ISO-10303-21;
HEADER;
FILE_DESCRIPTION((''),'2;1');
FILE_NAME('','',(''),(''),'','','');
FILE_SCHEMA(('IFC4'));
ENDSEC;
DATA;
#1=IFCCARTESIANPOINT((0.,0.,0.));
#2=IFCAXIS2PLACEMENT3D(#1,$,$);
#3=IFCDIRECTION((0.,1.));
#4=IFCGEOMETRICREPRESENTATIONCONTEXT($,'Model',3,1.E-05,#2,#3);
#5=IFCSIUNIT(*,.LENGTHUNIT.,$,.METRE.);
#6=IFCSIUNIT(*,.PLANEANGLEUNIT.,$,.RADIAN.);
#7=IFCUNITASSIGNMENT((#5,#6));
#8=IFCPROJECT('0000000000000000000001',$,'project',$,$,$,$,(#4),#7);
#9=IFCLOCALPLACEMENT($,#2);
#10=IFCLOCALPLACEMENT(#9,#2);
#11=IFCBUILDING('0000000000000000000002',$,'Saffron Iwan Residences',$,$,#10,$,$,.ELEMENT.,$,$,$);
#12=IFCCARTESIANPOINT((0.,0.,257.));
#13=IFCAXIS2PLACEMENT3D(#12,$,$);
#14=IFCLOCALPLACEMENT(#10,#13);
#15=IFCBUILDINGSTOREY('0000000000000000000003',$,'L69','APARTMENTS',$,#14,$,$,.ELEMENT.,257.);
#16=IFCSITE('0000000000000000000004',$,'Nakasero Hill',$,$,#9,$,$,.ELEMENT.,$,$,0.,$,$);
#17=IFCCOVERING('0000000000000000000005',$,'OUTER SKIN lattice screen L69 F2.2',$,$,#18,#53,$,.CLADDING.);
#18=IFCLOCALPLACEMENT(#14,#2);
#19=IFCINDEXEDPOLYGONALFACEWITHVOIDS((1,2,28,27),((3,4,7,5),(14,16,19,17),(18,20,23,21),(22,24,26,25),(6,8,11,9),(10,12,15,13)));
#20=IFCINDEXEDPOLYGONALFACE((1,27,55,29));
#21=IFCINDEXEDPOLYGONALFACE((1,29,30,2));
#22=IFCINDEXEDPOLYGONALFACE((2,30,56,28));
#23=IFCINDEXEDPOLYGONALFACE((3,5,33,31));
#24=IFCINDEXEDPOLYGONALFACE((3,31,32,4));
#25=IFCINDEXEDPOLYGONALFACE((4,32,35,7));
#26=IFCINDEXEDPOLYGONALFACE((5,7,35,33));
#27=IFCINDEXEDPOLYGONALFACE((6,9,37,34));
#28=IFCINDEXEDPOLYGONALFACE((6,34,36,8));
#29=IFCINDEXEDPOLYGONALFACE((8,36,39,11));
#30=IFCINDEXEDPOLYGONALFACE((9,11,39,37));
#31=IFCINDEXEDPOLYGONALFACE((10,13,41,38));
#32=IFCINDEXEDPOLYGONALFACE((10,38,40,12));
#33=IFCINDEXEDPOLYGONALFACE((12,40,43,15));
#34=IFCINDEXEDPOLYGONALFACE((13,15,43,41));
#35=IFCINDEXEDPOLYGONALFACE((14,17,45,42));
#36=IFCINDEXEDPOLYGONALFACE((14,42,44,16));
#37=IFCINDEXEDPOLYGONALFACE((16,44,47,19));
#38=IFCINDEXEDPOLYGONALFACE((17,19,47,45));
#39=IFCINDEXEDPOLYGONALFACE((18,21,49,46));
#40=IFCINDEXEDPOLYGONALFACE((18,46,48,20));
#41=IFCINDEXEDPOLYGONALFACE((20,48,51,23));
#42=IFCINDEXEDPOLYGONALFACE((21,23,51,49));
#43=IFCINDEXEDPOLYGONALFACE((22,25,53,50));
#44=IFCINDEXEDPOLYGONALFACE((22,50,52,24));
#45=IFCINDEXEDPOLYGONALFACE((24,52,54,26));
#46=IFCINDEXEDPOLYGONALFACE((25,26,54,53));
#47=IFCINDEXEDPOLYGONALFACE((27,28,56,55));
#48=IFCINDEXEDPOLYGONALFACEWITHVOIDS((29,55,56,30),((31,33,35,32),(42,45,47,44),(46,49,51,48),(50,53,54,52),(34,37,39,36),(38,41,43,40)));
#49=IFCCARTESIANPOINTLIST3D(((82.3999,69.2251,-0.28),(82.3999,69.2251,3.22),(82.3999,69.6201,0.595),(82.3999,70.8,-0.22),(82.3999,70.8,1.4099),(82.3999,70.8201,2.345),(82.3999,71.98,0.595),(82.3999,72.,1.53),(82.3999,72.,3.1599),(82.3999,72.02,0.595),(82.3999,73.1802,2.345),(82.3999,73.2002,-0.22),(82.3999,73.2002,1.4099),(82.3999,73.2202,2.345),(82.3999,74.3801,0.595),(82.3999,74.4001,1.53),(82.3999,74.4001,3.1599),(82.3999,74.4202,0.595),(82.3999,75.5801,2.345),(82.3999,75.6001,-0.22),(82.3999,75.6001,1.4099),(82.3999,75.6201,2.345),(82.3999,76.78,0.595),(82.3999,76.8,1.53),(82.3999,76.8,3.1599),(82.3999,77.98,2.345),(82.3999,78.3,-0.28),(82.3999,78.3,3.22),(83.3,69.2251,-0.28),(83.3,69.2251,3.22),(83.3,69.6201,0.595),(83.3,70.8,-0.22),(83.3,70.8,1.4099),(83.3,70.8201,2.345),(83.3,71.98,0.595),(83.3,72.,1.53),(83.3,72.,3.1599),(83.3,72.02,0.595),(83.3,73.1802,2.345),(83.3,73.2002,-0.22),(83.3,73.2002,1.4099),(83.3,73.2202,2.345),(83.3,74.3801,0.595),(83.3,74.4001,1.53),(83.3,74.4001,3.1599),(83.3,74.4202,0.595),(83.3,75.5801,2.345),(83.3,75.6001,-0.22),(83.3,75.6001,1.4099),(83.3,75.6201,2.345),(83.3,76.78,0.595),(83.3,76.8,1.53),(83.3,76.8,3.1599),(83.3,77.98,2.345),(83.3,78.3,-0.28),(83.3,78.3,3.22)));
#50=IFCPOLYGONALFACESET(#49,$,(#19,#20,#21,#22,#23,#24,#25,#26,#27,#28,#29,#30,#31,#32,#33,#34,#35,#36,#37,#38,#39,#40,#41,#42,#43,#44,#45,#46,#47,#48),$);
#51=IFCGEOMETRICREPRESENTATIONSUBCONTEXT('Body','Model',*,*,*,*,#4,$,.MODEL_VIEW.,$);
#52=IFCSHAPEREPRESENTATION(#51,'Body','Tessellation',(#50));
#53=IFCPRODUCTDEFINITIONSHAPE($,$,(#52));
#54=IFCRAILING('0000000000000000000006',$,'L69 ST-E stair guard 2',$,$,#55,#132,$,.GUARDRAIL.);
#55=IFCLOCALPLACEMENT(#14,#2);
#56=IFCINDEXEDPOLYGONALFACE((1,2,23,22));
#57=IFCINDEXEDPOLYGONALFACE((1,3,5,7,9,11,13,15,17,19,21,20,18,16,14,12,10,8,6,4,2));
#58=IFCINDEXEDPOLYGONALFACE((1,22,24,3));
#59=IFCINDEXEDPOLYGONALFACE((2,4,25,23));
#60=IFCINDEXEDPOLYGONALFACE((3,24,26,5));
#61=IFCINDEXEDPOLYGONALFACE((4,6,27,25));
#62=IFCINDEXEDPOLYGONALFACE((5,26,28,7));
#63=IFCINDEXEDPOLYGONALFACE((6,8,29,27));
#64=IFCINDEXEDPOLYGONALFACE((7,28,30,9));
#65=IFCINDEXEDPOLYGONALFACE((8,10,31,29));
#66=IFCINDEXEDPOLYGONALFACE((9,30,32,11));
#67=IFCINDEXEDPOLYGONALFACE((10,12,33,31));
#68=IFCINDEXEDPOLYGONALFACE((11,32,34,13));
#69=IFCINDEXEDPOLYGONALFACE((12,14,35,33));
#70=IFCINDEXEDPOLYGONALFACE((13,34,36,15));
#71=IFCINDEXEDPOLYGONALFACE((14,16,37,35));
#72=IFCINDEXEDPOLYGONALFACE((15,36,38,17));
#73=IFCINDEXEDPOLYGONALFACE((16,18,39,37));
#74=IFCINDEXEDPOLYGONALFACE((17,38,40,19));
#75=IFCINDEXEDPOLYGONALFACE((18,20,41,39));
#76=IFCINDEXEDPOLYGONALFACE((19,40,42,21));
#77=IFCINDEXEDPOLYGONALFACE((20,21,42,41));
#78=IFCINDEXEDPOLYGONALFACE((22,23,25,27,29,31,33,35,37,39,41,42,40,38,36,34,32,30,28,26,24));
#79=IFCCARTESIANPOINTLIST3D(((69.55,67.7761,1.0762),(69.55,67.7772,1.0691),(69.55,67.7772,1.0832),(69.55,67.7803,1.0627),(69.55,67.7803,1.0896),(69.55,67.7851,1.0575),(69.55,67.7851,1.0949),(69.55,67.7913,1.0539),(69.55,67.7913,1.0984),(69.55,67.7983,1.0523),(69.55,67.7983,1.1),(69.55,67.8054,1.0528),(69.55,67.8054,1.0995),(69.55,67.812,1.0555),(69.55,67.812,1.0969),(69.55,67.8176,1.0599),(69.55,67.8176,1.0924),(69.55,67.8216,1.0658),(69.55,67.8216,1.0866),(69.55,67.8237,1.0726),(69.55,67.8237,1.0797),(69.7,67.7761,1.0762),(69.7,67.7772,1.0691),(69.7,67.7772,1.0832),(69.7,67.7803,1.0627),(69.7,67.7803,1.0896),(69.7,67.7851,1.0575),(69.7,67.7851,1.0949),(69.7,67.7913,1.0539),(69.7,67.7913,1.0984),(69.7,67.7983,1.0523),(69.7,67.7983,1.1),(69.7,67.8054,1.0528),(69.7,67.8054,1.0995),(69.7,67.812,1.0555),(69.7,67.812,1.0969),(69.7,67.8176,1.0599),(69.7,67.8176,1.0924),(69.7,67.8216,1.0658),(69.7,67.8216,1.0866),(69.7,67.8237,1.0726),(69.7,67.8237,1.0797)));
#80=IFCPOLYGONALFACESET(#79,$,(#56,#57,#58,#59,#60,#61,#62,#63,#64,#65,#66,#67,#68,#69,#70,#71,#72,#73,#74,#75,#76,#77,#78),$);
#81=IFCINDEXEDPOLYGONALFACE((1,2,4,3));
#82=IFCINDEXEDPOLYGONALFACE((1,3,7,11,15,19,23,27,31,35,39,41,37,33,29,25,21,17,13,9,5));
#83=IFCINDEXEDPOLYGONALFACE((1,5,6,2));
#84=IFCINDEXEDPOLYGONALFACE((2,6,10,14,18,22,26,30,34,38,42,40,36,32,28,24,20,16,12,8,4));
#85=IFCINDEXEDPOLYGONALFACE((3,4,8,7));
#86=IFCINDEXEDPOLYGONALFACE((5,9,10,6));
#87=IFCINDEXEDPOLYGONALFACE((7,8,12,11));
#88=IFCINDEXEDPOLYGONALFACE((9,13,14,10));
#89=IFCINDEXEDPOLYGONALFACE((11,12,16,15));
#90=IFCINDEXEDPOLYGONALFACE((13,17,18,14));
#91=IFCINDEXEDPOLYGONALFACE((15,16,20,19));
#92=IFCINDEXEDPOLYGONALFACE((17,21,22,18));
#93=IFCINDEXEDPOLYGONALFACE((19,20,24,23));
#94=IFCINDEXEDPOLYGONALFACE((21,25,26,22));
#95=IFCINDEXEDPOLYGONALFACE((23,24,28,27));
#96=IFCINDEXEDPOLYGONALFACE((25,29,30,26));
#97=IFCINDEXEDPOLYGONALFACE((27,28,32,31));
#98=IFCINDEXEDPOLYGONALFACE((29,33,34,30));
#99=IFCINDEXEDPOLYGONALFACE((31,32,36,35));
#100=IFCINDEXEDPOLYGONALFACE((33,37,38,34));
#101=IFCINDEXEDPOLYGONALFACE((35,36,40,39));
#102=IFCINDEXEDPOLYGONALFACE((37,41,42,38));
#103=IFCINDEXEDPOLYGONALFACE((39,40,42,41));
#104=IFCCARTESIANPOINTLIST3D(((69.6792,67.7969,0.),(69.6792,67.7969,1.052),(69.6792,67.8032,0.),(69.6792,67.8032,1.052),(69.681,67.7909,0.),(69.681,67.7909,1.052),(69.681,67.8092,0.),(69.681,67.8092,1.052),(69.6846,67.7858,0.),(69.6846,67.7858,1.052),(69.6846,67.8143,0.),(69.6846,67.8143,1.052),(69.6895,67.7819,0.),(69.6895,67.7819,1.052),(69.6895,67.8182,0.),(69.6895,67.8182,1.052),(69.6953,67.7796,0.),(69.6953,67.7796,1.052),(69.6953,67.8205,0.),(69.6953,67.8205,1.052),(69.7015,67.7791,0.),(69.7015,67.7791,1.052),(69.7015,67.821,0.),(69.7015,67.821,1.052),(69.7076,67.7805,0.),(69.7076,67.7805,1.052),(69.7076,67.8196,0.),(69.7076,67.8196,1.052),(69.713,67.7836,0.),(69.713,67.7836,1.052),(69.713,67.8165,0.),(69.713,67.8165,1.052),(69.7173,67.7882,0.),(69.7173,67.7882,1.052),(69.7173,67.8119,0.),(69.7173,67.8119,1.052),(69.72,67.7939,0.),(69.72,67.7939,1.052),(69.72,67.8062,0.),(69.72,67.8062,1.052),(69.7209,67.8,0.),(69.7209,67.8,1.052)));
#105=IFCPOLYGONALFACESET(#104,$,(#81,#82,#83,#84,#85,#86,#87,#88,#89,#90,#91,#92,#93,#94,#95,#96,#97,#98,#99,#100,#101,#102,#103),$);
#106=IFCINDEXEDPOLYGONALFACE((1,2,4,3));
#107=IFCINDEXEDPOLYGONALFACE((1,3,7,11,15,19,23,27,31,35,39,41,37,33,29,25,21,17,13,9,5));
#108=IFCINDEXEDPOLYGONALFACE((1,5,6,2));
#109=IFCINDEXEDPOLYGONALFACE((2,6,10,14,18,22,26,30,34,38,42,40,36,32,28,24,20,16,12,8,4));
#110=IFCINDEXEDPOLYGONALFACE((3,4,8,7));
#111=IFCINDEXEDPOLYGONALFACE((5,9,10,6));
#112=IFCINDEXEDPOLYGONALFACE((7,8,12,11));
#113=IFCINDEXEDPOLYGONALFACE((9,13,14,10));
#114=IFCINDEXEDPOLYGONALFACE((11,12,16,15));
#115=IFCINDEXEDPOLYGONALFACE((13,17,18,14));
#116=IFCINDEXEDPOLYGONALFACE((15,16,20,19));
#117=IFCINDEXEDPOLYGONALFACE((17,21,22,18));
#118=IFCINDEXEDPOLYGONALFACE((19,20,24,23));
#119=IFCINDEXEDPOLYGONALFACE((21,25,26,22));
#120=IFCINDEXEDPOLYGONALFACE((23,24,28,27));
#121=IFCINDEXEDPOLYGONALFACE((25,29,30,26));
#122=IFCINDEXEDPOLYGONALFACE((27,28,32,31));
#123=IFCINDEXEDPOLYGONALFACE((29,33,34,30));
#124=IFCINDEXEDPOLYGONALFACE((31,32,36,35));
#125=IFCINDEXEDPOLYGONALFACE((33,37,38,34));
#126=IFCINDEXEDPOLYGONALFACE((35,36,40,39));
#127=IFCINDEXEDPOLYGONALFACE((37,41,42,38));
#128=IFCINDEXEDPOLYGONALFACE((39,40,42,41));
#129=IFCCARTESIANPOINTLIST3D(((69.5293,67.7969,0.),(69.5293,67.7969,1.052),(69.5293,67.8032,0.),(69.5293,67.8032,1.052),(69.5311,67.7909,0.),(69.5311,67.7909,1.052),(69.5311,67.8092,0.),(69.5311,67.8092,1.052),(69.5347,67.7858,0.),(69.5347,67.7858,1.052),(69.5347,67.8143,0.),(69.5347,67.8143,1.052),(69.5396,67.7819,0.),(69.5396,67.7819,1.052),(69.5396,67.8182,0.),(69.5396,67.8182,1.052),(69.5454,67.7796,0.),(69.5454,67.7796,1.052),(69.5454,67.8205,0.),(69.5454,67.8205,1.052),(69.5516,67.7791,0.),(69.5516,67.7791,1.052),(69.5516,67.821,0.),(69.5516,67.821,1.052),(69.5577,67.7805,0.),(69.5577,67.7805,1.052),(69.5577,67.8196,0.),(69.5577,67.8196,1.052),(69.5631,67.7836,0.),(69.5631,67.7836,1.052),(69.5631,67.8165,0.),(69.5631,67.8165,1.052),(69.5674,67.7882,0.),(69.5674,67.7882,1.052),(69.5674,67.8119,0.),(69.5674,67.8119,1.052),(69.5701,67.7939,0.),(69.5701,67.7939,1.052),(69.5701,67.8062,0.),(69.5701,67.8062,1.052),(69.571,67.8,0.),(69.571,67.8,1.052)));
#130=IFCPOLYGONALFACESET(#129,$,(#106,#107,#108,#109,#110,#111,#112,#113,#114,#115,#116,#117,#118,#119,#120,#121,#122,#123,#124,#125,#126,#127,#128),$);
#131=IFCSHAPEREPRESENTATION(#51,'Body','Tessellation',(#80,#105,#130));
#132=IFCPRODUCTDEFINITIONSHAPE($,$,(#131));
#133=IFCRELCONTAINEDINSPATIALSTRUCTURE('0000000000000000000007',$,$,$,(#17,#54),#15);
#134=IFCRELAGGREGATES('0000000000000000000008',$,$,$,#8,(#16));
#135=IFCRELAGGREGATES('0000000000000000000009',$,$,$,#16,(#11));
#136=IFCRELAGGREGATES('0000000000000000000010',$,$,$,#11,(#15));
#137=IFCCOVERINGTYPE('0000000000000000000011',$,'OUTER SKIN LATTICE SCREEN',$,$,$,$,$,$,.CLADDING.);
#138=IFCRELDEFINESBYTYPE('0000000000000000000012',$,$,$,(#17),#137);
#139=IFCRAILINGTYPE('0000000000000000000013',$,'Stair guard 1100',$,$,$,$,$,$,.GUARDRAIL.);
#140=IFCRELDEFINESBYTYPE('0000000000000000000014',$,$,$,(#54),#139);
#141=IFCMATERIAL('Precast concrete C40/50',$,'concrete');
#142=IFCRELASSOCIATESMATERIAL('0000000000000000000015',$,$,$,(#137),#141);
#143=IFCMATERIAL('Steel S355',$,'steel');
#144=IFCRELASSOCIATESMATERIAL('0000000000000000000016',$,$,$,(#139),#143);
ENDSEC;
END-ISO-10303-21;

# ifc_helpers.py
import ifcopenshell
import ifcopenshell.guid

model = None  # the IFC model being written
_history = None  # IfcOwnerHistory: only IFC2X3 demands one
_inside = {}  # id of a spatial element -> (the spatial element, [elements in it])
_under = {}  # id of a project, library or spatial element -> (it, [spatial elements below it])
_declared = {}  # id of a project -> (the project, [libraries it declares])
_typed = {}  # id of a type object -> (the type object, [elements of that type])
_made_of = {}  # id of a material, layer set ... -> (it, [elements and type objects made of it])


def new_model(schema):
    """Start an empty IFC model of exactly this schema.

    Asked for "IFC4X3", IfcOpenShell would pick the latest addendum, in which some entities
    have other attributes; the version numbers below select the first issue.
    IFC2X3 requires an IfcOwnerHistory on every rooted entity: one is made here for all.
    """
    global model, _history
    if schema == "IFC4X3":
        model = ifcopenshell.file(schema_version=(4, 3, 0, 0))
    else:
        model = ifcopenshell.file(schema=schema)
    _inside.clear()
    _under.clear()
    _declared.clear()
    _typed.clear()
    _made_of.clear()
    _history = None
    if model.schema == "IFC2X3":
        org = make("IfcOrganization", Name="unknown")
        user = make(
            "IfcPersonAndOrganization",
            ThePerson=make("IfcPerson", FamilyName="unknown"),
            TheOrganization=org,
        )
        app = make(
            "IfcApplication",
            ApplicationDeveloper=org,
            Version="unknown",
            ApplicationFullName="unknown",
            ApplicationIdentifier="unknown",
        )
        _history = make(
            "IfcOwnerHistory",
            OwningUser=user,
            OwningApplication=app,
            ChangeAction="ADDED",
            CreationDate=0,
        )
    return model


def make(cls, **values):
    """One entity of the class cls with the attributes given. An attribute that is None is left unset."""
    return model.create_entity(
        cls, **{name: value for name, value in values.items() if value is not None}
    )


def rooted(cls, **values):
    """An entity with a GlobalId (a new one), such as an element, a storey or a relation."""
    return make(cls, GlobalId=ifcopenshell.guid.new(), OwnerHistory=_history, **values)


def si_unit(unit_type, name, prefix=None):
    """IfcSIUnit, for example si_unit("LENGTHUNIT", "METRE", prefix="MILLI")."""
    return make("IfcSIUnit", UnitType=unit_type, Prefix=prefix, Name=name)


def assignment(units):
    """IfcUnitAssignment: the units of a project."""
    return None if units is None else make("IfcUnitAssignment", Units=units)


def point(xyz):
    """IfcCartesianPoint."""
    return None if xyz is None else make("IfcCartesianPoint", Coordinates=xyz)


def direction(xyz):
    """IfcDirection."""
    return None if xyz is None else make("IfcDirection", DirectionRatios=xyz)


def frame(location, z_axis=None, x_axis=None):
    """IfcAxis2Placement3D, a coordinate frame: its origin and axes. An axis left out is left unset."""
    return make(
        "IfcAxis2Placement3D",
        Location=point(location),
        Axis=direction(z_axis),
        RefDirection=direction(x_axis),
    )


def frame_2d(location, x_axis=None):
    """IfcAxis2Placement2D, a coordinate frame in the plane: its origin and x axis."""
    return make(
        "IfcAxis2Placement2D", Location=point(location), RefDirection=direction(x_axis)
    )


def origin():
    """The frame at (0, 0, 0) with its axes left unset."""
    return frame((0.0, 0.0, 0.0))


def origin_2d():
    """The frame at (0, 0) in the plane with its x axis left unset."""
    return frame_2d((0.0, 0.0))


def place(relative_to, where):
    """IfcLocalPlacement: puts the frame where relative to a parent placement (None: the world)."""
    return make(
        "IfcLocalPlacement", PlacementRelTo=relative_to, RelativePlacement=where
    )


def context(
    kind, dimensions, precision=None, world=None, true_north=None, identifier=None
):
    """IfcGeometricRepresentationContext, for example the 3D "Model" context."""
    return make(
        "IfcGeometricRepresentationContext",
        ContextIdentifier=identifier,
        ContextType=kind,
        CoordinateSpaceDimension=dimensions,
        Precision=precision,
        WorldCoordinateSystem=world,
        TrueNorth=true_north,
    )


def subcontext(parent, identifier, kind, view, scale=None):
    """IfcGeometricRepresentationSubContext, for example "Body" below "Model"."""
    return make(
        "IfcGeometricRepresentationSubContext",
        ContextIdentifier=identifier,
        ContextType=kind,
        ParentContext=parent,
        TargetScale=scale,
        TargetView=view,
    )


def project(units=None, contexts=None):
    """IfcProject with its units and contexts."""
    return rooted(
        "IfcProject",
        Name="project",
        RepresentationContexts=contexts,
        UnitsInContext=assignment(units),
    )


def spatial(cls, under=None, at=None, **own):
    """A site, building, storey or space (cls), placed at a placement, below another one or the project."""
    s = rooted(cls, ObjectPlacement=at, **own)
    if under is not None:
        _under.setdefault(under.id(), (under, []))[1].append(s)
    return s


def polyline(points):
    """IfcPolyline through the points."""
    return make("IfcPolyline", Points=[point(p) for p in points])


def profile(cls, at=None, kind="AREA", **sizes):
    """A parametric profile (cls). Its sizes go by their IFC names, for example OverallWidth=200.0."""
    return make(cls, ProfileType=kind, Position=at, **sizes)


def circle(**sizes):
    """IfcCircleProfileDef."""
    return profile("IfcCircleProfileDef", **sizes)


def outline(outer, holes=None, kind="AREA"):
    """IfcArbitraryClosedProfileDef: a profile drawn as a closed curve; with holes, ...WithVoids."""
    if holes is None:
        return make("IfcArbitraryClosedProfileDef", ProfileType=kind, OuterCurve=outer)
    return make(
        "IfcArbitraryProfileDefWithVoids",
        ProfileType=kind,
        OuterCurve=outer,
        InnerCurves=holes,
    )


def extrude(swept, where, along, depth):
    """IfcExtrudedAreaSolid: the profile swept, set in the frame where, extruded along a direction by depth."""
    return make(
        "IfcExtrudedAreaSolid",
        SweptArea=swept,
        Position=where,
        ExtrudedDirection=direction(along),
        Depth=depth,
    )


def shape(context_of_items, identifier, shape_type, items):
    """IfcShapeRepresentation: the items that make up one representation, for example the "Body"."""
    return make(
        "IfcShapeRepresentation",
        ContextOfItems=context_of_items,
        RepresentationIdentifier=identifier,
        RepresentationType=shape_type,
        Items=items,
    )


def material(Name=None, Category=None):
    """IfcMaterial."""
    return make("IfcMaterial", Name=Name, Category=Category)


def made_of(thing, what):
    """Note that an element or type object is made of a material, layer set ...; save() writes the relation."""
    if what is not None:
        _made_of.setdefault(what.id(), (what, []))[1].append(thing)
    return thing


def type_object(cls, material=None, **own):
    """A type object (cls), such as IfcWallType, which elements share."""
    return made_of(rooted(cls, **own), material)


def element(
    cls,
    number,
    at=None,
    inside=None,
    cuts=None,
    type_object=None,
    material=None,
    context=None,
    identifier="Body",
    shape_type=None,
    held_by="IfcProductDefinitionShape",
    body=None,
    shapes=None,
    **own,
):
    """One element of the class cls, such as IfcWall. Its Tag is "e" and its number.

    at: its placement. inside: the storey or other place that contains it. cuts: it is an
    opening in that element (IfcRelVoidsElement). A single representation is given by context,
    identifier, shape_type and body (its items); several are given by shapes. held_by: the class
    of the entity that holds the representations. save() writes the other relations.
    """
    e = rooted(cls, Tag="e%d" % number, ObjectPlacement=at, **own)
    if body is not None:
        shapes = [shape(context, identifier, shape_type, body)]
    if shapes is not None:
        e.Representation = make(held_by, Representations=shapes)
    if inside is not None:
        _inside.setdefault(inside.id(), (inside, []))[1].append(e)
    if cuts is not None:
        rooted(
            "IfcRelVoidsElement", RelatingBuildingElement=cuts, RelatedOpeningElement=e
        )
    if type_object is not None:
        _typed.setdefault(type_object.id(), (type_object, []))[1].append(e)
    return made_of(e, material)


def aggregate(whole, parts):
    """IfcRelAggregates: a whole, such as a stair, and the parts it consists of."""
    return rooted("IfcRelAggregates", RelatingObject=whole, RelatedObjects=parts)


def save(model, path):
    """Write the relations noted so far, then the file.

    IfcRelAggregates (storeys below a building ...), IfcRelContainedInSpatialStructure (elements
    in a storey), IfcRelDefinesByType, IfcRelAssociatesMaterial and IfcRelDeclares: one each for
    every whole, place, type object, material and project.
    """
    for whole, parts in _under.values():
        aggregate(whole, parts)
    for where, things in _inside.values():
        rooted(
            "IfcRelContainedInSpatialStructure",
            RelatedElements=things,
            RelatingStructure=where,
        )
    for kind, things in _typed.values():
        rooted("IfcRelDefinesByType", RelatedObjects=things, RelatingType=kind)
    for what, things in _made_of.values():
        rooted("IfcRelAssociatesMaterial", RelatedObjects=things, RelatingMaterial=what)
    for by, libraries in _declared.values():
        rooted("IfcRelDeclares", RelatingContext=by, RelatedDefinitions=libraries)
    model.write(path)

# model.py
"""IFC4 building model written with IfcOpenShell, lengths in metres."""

from ifc_helpers import new_model, si_unit, direction, frame, origin, origin_2d, place, context, subcontext, project, spatial, polyline, circle, outline, extrude, material, type_object, element, save


model = new_model("IFC4")

# Units and contexts
model_context = context("Model", 3, precision=1e-05, world=origin(), true_north=direction((0.0, 1.0)))
body_context = subcontext(model_context, "Body", "Model", "MODEL_VIEW")
ifc_project = project(units=[si_unit("LENGTHUNIT", "METRE"), si_unit("PLANEANGLEUNIT", "RADIAN")], contexts=[model_context])

# Site, building, storey
site_placement = place(None, origin())
site = spatial("IfcSite", under=ifc_project, at=site_placement, Name="Nakasero Hill", CompositionType="ELEMENT", RefElevation=0.0)
building_placement = place(site_placement, origin())
building = spatial("IfcBuilding", under=site, at=building_placement, Name="Saffron Iwan Residences", CompositionType="ELEMENT")
storey_placement = place(building_placement, frame((0.0, 0.0, 257.0)))
storey = spatial("IfcBuildingStorey", under=building, at=storey_placement, Name="L69", Description="APARTMENTS", CompositionType="ELEMENT", Elevation=257.0)

# Covering
ifc_material_1 = material(Name="Precast concrete C40/50", Category="concrete")
covering_type = type_object("IfcCoveringType", Name="OUTER SKIN LATTICE SCREEN", PredefinedType="CLADDING", material=ifc_material_1)
covering_placement = place(storey_placement, frame((82.3999, 69.2251, -0.28), z_axis=(1.0, 0.0, 0.0), x_axis=(0.0, 1.0, 0.0)))
element("IfcCovering", 1, at=covering_placement, inside=storey, type_object=covering_type, Name="OUTER SKIN lattice screen L69 F2.2", PredefinedType="CLADDING", context=body_context, shape_type="SweptSolid", body=[
    extrude(outline(polyline([(0.0, 0.0), (9.075, 0.0), (9.075, 3.5), (0.0, 3.5), (0.0, 0.0)]), holes=[polyline([(0.395, 0.875), (1.575, 0.0601), (2.7549, 0.875), (1.575, 1.6899), (0.395, 0.875)]), polyline([(2.7949, 0.875), (3.9751, 0.0601), (5.155, 0.875), (3.9751, 1.6899), (2.7949, 0.875)]), polyline([(5.1951, 0.875), (6.375, 0.0601), (7.5549, 0.875), (6.375, 1.6899), (5.1951, 0.875)]), polyline([(1.595, 2.625), (2.7749, 1.8101), (3.9551, 2.625), (2.7749, 3.4399), (1.595, 2.625)]), polyline([(3.9951, 2.625), (5.175, 1.8101), (6.355, 2.625), (5.175, 3.4399), (3.9951, 2.625)]), polyline([(6.395, 2.625), (7.575, 1.8101), (8.7549, 2.625), (7.575, 3.4399), (6.395, 2.625)])]), origin(), (0.0, 0.0, 1.0), 0.9001),
])

# Railing
ifc_material_2 = material(Name="Steel S355", Category="steel")
railing_type_1 = type_object("IfcRailingType", Name="Stair guard 1100", PredefinedType="GUARDRAIL", material=ifc_material_2)
railing_1_placement = place(storey_placement, frame((69.7, 67.8, 0.0)))
element("IfcRailing", 2, at=railing_1_placement, inside=storey, type_object=railing_type_1, Name="L69 ST-E stair guard 2", PredefinedType="GUARDRAIL", context=body_context, shape_type="SweptSolid", body=[
    extrude(circle(Radius=0.0239, at=origin_2d()), frame((0.0, 0.0, 1.0762), z_axis=(-1.0, 0.0, 0.0), x_axis=(0.0, -1.0, 0.0)), (0.0, 0.0, 1.0), 0.1499),
    extrude(circle(Radius=0.021, at=origin_2d()), origin(), (0.0, 0.0, 1.0), 1.052),
    extrude(circle(Radius=0.021, at=origin_2d()), frame((-0.1499, 0.0, 0.0)), (0.0, 0.0, 1.0), 1.052),
])

save(model, "model.ifc")
